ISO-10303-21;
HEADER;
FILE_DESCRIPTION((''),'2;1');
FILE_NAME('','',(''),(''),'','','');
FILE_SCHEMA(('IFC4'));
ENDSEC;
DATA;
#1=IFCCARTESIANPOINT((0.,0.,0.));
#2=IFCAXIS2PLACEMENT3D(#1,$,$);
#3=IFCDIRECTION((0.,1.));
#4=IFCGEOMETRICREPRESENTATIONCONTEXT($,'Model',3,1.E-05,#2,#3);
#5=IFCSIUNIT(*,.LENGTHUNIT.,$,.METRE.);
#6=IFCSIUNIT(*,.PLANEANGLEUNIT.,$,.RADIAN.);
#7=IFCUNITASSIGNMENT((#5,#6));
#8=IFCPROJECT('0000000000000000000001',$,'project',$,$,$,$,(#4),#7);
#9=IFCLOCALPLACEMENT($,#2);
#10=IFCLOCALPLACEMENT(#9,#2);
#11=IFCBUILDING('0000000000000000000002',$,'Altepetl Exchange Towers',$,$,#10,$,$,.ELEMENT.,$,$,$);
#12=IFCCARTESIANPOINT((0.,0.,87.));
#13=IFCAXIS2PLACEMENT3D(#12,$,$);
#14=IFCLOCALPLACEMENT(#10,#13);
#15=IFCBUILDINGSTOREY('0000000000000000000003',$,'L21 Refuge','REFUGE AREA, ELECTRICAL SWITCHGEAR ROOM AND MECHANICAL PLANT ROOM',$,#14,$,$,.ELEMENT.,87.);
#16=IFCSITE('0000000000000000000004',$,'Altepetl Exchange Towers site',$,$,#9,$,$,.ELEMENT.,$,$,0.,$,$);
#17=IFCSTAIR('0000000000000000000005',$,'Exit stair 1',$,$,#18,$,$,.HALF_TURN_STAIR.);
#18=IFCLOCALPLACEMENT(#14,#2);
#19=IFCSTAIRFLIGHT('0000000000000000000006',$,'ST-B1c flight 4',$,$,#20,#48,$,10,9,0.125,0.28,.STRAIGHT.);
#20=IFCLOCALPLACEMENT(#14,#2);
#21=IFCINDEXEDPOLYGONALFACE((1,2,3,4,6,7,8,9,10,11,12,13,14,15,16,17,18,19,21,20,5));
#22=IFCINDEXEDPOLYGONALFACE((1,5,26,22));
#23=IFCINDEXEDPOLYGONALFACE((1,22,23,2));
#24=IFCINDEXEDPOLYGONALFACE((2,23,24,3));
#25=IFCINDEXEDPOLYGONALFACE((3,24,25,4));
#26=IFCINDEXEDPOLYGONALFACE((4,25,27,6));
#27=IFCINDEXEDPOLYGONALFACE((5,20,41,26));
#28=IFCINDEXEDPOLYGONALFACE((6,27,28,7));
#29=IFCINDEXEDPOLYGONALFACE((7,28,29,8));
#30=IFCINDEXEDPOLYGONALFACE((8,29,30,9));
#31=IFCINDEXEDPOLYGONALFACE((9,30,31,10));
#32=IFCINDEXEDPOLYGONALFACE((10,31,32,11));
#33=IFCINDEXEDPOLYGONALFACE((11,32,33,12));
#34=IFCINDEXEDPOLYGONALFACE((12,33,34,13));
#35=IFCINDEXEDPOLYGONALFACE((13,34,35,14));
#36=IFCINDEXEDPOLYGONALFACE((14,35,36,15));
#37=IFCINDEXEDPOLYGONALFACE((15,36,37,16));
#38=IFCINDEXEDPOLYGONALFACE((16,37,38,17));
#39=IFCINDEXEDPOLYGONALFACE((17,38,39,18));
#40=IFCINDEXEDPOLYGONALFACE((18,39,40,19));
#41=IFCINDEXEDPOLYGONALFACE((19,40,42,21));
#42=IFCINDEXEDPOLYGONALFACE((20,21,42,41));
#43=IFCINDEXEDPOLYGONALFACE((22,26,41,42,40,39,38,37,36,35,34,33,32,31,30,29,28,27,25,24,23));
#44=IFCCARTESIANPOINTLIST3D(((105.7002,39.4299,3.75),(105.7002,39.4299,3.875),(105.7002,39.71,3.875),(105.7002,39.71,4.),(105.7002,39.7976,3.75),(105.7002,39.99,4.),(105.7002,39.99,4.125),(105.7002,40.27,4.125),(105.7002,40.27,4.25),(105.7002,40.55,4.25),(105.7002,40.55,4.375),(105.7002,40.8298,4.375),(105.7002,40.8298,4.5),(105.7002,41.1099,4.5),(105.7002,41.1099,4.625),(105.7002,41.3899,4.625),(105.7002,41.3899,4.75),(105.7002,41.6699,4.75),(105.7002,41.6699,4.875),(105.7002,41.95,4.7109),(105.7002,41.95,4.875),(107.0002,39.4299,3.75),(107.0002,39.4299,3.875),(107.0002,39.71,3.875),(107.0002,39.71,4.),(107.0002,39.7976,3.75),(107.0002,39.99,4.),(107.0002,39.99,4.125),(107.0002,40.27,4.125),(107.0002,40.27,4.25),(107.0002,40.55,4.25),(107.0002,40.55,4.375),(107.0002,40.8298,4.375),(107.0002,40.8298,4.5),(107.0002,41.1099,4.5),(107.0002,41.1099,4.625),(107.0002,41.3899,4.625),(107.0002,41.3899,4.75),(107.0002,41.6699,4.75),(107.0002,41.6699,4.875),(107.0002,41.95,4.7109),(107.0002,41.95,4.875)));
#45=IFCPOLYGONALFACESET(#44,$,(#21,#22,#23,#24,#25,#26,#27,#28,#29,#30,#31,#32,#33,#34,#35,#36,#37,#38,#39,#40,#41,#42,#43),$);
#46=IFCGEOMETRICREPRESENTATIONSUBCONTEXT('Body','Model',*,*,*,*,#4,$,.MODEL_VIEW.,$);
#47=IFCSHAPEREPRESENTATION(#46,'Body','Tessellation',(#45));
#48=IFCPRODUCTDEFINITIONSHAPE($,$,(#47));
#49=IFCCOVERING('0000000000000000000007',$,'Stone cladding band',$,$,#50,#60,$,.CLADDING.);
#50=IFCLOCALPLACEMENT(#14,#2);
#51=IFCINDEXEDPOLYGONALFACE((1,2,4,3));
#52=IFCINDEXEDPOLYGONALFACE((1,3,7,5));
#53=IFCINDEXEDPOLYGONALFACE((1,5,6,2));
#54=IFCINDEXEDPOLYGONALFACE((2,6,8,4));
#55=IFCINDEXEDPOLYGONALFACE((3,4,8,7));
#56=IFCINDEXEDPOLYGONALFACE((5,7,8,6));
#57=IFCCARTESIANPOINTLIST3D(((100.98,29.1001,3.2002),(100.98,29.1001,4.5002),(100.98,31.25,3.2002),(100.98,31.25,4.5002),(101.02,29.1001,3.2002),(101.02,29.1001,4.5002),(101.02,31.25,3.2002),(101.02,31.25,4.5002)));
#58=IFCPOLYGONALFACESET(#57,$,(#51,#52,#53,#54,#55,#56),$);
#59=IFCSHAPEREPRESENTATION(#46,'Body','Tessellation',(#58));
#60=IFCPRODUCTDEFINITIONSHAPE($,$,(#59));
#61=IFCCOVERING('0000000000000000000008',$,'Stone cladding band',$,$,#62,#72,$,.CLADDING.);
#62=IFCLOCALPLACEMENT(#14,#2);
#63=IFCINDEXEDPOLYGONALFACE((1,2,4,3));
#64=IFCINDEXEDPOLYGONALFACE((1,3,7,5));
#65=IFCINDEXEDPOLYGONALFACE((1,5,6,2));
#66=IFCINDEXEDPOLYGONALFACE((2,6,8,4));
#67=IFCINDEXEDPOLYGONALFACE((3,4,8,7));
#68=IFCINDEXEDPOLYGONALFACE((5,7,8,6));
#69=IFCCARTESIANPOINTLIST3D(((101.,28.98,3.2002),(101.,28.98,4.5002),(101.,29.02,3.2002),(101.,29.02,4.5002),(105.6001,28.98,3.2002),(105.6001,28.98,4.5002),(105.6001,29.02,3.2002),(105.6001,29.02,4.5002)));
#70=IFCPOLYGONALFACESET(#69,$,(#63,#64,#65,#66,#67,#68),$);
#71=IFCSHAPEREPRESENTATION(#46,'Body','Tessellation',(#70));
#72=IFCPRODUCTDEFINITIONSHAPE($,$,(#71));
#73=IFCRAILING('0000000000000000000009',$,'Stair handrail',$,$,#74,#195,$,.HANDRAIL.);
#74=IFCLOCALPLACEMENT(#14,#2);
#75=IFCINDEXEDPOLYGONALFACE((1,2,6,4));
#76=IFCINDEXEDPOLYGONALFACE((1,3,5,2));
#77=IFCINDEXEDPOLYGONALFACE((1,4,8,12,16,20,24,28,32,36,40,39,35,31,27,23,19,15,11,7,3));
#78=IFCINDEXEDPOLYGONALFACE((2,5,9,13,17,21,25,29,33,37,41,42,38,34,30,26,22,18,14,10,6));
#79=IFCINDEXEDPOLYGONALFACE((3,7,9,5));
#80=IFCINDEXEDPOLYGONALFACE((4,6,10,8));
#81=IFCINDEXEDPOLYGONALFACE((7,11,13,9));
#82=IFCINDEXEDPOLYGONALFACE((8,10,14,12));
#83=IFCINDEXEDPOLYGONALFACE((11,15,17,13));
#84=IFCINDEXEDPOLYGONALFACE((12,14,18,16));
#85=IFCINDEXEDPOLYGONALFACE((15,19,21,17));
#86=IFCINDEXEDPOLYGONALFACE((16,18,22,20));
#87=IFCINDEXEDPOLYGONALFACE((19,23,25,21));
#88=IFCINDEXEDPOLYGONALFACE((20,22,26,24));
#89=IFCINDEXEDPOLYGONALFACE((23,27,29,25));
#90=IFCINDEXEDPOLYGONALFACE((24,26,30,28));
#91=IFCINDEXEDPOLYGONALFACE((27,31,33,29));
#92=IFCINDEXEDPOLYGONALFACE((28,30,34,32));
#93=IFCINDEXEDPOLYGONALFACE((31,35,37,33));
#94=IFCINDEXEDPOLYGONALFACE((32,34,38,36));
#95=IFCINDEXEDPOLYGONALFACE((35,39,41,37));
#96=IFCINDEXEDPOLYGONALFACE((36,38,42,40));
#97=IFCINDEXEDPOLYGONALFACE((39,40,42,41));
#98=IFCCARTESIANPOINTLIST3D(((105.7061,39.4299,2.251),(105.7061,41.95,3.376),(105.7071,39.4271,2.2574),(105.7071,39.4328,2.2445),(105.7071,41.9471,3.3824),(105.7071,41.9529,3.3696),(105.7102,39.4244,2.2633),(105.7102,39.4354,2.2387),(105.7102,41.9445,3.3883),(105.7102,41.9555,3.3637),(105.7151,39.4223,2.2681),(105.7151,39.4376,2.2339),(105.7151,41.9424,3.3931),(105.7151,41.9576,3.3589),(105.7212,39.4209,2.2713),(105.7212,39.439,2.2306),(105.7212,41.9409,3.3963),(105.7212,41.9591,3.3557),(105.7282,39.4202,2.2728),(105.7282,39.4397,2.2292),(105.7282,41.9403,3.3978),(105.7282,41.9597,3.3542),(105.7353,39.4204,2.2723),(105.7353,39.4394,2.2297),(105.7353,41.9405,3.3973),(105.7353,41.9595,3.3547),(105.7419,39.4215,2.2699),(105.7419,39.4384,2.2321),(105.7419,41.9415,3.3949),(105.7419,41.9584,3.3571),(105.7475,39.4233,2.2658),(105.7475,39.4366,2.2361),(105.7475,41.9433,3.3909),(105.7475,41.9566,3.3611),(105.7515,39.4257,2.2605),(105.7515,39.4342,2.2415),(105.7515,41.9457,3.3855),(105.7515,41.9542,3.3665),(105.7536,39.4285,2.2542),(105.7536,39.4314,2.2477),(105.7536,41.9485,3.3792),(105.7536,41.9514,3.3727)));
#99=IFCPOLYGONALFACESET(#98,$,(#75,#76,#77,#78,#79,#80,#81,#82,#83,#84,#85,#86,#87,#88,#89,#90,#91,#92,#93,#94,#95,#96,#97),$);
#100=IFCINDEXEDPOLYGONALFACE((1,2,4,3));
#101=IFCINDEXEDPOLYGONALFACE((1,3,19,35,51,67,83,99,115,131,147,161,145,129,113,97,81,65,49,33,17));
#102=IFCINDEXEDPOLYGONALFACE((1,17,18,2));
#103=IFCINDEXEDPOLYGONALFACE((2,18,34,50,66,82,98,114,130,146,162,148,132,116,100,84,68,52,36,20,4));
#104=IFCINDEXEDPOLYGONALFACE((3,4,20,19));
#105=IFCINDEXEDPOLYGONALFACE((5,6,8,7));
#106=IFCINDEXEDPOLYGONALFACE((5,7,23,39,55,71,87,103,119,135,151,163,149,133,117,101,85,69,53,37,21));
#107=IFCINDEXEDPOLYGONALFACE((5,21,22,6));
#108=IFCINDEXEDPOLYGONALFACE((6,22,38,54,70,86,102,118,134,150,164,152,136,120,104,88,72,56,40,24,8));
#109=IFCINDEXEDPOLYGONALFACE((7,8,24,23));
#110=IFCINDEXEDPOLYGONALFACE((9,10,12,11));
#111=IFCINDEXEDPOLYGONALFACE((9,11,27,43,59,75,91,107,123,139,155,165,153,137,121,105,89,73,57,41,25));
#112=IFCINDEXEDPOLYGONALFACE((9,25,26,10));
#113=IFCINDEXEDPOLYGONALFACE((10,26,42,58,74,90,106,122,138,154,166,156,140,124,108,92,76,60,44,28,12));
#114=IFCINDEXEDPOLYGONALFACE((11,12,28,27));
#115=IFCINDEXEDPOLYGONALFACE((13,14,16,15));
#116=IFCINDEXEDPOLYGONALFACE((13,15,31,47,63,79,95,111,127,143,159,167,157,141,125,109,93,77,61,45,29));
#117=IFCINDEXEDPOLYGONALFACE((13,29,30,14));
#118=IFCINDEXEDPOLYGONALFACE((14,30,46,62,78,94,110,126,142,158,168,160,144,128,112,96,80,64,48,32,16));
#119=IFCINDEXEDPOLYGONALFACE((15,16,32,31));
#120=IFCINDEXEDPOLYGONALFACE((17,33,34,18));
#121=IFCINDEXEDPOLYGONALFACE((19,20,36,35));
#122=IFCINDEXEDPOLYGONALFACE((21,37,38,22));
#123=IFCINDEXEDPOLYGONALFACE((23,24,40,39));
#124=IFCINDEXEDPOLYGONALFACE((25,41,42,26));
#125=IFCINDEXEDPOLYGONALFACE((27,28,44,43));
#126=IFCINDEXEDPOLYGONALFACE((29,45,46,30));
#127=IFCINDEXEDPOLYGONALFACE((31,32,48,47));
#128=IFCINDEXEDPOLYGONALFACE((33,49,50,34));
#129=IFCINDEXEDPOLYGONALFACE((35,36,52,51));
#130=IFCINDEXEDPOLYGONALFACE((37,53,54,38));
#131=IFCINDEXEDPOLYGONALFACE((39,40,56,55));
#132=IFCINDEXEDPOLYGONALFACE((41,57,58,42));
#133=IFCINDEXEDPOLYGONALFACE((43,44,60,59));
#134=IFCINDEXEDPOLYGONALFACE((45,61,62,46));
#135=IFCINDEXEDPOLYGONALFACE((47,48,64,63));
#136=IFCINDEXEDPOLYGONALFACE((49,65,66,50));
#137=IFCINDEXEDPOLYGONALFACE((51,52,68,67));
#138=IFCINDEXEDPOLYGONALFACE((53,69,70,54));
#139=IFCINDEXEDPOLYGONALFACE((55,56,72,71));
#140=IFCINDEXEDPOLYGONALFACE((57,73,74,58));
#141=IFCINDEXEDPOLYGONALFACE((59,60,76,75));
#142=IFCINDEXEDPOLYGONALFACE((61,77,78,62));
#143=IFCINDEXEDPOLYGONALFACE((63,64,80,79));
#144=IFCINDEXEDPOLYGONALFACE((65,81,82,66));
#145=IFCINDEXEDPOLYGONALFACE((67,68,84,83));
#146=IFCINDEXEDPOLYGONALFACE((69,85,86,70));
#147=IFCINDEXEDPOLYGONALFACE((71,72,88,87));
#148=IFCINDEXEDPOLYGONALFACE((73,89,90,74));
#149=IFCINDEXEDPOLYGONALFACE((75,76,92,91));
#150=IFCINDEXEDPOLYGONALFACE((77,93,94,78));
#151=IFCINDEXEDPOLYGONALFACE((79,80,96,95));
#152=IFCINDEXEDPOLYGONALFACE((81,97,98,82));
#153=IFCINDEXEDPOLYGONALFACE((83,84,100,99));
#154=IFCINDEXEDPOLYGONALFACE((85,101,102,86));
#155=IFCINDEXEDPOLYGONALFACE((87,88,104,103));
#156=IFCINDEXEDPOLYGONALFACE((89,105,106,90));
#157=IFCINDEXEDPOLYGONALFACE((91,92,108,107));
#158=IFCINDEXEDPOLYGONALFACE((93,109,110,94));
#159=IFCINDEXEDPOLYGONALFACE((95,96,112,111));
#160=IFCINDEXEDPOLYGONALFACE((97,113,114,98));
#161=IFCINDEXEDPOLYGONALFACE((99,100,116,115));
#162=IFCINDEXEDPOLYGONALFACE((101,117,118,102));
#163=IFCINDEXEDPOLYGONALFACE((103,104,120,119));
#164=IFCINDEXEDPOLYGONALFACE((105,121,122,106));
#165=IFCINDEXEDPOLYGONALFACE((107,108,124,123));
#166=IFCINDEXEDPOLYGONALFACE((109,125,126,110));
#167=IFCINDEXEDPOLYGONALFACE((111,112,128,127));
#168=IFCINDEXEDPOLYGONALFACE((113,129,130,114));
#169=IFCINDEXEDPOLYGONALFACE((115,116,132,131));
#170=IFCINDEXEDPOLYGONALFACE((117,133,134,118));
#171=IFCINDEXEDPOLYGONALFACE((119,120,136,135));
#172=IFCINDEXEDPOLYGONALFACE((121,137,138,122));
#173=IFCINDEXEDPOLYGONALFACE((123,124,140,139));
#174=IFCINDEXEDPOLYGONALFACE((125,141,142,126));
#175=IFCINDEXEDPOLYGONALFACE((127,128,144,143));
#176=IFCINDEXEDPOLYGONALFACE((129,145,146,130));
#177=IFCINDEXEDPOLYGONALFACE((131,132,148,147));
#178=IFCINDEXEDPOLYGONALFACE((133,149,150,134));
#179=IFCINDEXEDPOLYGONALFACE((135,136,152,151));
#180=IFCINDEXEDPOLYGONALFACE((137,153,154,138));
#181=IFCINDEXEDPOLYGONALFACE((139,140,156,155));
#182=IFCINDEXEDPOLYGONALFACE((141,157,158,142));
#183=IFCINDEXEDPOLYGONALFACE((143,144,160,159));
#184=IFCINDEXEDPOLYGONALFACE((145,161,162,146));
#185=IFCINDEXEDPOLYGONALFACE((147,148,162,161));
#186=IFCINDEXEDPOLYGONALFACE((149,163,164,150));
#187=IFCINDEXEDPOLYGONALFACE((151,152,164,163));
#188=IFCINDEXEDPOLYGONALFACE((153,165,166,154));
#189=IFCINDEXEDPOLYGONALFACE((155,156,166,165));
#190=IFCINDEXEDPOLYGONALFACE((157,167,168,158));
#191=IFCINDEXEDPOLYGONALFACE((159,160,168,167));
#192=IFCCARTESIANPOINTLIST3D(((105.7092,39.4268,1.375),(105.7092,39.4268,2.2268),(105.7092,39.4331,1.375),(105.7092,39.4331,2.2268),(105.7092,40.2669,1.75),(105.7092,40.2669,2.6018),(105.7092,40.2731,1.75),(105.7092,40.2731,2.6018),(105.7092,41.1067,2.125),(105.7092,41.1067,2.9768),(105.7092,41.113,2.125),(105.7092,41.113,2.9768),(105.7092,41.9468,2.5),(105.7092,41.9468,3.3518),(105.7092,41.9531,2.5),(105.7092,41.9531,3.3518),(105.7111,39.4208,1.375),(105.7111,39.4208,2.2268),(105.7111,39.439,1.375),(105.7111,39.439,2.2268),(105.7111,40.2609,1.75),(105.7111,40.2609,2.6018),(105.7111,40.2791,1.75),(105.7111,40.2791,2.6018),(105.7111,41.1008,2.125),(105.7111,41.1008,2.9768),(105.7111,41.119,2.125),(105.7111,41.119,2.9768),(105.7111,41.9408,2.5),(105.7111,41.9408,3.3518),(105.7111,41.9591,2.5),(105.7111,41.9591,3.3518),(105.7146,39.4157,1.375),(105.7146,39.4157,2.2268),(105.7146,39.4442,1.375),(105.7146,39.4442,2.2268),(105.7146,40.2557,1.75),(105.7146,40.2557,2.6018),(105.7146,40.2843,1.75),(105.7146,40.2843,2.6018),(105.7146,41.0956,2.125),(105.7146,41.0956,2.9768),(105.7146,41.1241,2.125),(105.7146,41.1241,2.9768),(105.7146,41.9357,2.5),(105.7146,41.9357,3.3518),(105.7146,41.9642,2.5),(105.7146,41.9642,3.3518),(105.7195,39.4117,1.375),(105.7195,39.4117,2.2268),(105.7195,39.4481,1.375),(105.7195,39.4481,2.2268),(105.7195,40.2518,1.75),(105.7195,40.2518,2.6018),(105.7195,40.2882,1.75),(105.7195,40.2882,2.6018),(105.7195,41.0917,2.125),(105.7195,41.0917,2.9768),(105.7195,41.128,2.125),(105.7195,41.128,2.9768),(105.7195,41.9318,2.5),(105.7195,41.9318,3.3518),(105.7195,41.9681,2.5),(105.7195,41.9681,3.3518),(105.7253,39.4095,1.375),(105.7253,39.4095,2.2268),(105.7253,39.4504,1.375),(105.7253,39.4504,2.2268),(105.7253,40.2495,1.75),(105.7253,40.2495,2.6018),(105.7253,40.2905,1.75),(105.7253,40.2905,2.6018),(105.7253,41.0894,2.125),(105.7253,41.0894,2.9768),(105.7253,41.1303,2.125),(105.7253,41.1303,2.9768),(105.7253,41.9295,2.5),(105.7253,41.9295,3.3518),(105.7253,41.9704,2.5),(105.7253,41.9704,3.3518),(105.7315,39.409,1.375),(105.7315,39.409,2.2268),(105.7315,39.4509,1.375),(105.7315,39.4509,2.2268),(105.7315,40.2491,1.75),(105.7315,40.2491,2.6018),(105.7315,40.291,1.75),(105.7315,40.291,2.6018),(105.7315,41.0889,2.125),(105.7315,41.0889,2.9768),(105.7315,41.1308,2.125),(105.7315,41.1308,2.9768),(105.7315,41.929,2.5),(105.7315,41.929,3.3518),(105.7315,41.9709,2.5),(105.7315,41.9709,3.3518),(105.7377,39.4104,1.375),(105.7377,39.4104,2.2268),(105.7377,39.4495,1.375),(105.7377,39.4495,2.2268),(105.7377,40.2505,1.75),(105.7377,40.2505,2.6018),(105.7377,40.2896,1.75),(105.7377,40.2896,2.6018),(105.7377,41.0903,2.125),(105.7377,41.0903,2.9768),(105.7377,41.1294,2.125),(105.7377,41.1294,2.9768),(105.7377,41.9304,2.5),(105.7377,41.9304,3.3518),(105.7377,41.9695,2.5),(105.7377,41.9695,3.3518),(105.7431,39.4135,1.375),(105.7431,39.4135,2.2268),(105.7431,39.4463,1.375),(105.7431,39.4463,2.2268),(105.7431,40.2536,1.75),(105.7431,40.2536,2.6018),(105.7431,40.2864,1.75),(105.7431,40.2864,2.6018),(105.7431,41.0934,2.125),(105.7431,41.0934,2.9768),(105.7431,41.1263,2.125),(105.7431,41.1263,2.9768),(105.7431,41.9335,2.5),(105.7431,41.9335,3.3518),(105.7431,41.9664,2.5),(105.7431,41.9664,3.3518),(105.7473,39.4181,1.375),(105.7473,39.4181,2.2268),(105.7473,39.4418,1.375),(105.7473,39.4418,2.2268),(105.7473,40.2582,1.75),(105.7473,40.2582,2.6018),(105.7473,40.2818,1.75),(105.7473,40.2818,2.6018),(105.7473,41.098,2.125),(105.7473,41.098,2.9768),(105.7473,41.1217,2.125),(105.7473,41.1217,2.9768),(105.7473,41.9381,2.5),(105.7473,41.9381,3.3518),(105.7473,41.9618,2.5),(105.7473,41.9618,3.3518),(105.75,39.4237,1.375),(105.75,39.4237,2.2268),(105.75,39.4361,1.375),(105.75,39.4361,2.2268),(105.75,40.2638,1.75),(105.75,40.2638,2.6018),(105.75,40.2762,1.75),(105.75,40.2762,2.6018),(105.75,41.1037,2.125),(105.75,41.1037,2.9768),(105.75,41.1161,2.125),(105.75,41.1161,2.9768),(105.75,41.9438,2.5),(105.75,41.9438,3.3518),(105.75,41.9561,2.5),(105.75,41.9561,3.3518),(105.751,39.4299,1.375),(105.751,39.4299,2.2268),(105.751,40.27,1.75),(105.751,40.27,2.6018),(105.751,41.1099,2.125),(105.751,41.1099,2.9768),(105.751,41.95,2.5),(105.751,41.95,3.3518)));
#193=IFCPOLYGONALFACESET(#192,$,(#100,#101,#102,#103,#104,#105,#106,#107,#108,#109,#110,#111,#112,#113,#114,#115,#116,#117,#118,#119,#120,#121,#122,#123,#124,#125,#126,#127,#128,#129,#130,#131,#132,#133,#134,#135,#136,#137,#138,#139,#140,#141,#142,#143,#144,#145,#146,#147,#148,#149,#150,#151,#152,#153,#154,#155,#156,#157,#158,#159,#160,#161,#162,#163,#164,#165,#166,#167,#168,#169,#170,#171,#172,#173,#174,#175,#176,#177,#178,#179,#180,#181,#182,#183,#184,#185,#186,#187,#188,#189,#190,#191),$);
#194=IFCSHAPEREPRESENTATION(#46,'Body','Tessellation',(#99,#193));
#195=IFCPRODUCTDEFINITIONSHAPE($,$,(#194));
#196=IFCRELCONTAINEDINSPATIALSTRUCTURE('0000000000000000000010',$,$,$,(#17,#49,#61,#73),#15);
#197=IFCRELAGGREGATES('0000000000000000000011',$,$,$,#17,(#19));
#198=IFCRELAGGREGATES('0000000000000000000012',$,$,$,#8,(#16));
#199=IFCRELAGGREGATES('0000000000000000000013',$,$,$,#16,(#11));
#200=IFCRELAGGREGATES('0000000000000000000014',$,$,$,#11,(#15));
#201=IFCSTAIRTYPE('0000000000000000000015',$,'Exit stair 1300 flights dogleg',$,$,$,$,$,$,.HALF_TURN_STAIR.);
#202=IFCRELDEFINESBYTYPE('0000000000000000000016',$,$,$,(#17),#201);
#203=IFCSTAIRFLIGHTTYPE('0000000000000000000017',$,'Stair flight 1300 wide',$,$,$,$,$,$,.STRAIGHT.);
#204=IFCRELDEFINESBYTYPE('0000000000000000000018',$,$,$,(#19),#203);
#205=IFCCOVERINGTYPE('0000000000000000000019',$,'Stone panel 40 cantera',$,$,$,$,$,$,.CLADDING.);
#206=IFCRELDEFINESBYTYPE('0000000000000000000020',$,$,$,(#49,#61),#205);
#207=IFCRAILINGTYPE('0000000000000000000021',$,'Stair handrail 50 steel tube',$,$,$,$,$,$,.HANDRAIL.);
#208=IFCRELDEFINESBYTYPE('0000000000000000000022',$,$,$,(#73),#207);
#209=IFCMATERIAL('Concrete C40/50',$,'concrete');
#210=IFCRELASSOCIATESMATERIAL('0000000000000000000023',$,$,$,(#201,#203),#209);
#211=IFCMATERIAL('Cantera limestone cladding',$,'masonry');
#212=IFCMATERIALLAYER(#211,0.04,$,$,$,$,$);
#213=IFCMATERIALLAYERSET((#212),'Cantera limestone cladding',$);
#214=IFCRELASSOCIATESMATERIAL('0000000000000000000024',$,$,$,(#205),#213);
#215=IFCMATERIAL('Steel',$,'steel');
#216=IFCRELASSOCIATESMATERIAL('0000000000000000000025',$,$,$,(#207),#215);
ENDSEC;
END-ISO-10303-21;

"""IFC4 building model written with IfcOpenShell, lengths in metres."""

from ifc_helpers import new_model, si_unit, direction, frame, origin, origin_2d, place, context, subcontext, project, spatial, polyline, rectangle, circle, outline, extrude, source, transform, mapped, material, layer, layer_set, type_object, element, aggregate, save


model = new_model("IFC4")

# Units and contexts
model_context = context("Model", 3, precision=1e-05, world=origin(), true_north=direction((0.0, 1.0)))
body_context = subcontext(model_context, "Body", "Model", "MODEL_VIEW")
ifc_project = project(units=[si_unit("LENGTHUNIT", "METRE"), si_unit("PLANEANGLEUNIT", "RADIAN")], contexts=[model_context])

# Site, building, storey
site_placement = place(None, origin())
site = spatial("IfcSite", under=ifc_project, at=site_placement, Name="Altepetl Exchange Towers site", CompositionType="ELEMENT", RefElevation=0.0)
building_placement = place(site_placement, origin())
building = spatial("IfcBuilding", under=site, at=building_placement, Name="Altepetl Exchange Towers", CompositionType="ELEMENT")
storey_placement = place(building_placement, frame((0.0, 0.0, 87.0)))
storey = spatial("IfcBuildingStorey", under=building, at=storey_placement, Name="L21 Refuge", Description="REFUGE AREA, ELECTRICAL SWITCHGEAR ROOM AND MECHANICAL PLANT ROOM", CompositionType="ELEMENT", Elevation=87.0)

# Shared definitions
ifc_material_1 = material(Name="Cantera limestone cladding", Category="masonry")

# Shared definitions
ifc_material_2 = material(Name="Concrete C40/50", Category="concrete")

# Stair, stair flight
stair_type = type_object("IfcStairType", Name="Exit stair 1300 flights dogleg", PredefinedType="HALF_TURN_STAIR", material=ifc_material_2)
stair_placement = place(storey_placement, origin())
stair = element("IfcStair", 1, at=stair_placement, inside=storey, type_object=stair_type, Name="Exit stair 1", PredefinedType="HALF_TURN_STAIR")
stair_flight_type = type_object("IfcStairFlightType", Name="Stair flight 1300 wide", PredefinedType="STRAIGHT", material=ifc_material_2)
stair_flight_1_placement = place(storey_placement, frame((106.3501, 39.4299, 3.75), z_axis=(0.0, 0.0, 1.0), x_axis=(0.0, 1.0, 0.0)))
stair_flight_1 = element("IfcStairFlight", 2, at=stair_flight_1_placement, type_object=stair_flight_type, Name="ST-B1c flight 4", NumberOfRisers=10, NumberOfTreads=9, PredefinedType="STRAIGHT", RiserHeight=0.125, TreadLength=0.28, context=body_context, shape_type="SweptSolid", body=[
    extrude(outline(polyline([(0.0, 0.0), (0.0, 0.125), (0.28, 0.125), (0.28, 0.25), (0.5601, 0.25), (0.5601, 0.375), (0.8401, 0.375), (0.8401, 0.5), (1.1201, 0.5), (1.1201, 0.625), (1.3999, 0.625), (1.3999, 0.75), (1.6799, 0.75), (1.6799, 0.875), (1.96, 0.875), (1.96, 1.0), (2.24, 1.0), (2.24, 1.125), (2.52, 1.125), (2.52, 1.25), (2.52, 0.9609), (0.3677, 0.0), (0.0, 0.0)])), frame((0.0, 0.6499, 0.0), z_axis=(0.0, -1.0, 0.0), x_axis=(1.0, 0.0, 0.0)), (0.0, 0.0, 1.0), 1.3),
])
aggregate(stair, [stair_flight_1])

# Coverings
ifc_layer_1 = layer(ifc_material_1, 0.04)
ifc_layer_set_1 = layer_set([ifc_layer_1], Name="Cantera limestone cladding")
covering_type = type_object("IfcCoveringType", Name="Stone panel 40 cantera", PredefinedType="CLADDING", material=ifc_layer_set_1)
covering_1_placement = place(storey_placement, frame((101.0, 30.175, 3.2002), z_axis=(0.0, 0.0, 1.0), x_axis=(0.0, -1.0, 0.0)))
element("IfcCovering", 3, at=covering_1_placement, inside=storey, type_object=covering_type, Name="Stone cladding band", PredefinedType="CLADDING", context=body_context, shape_type="SweptSolid", body=[
    extrude(rectangle(XDim=2.1499, YDim=0.04, at=origin_2d()), origin(), (0.0, 0.0, 1.0), 1.3),
])
covering_2_placement = place(storey_placement, frame((103.3, 29.0, 3.2002)))
element("IfcCovering", 4, at=covering_2_placement, inside=storey, type_object=covering_type, Name="Stone cladding band", PredefinedType="CLADDING", context=body_context, shape_type="SweptSolid", body=[
    extrude(rectangle(XDim=4.6001, YDim=0.04, at=origin_2d()), origin(), (0.0, 0.0, 1.0), 1.3),
])

# Railing
ifc_material_3 = material(Name="Steel", Category="steel")
railing_type = type_object("IfcRailingType", Name="Stair handrail 50 steel tube", PredefinedType="HANDRAIL", material=ifc_material_3)
shared_shape = source(origin(), body_context, "Body", "SweptSolid", [
    extrude(circle(Radius=0.021, at=origin_2d()), origin(), (0.0, 0.0, 1.0), 0.8518),
])
for number, where, name in (
    (5, (105.73, 39.4299, 1.375), "Stair handrail"),
):
    element("IfcRailing", number, at=place(storey_placement, frame(where)), inside=storey, type_object=railing_type, Name=name, PredefinedType="HANDRAIL", context=body_context, shape_type="SweptSolid", body=[
        extrude(circle(Radius=0.0239, at=origin_2d()), frame((0.0, 0.0, 0.876), z_axis=(0.0, 0.913139, 0.407648), x_axis=(-1.0, 0.0, 0.0)), (0.0, 0.0, 1.0), 2.7598),
        mapped(shared_shape, transform((0.0, 0.0, 0.0))),
        mapped(shared_shape, transform((0.0, 0.8401, 0.375))),
        mapped(shared_shape, transform((0.0, 1.6799, 0.75))),
        mapped(shared_shape, transform((0.0, 2.52, 1.125))),
    ])

save(model, "model.ifc")
